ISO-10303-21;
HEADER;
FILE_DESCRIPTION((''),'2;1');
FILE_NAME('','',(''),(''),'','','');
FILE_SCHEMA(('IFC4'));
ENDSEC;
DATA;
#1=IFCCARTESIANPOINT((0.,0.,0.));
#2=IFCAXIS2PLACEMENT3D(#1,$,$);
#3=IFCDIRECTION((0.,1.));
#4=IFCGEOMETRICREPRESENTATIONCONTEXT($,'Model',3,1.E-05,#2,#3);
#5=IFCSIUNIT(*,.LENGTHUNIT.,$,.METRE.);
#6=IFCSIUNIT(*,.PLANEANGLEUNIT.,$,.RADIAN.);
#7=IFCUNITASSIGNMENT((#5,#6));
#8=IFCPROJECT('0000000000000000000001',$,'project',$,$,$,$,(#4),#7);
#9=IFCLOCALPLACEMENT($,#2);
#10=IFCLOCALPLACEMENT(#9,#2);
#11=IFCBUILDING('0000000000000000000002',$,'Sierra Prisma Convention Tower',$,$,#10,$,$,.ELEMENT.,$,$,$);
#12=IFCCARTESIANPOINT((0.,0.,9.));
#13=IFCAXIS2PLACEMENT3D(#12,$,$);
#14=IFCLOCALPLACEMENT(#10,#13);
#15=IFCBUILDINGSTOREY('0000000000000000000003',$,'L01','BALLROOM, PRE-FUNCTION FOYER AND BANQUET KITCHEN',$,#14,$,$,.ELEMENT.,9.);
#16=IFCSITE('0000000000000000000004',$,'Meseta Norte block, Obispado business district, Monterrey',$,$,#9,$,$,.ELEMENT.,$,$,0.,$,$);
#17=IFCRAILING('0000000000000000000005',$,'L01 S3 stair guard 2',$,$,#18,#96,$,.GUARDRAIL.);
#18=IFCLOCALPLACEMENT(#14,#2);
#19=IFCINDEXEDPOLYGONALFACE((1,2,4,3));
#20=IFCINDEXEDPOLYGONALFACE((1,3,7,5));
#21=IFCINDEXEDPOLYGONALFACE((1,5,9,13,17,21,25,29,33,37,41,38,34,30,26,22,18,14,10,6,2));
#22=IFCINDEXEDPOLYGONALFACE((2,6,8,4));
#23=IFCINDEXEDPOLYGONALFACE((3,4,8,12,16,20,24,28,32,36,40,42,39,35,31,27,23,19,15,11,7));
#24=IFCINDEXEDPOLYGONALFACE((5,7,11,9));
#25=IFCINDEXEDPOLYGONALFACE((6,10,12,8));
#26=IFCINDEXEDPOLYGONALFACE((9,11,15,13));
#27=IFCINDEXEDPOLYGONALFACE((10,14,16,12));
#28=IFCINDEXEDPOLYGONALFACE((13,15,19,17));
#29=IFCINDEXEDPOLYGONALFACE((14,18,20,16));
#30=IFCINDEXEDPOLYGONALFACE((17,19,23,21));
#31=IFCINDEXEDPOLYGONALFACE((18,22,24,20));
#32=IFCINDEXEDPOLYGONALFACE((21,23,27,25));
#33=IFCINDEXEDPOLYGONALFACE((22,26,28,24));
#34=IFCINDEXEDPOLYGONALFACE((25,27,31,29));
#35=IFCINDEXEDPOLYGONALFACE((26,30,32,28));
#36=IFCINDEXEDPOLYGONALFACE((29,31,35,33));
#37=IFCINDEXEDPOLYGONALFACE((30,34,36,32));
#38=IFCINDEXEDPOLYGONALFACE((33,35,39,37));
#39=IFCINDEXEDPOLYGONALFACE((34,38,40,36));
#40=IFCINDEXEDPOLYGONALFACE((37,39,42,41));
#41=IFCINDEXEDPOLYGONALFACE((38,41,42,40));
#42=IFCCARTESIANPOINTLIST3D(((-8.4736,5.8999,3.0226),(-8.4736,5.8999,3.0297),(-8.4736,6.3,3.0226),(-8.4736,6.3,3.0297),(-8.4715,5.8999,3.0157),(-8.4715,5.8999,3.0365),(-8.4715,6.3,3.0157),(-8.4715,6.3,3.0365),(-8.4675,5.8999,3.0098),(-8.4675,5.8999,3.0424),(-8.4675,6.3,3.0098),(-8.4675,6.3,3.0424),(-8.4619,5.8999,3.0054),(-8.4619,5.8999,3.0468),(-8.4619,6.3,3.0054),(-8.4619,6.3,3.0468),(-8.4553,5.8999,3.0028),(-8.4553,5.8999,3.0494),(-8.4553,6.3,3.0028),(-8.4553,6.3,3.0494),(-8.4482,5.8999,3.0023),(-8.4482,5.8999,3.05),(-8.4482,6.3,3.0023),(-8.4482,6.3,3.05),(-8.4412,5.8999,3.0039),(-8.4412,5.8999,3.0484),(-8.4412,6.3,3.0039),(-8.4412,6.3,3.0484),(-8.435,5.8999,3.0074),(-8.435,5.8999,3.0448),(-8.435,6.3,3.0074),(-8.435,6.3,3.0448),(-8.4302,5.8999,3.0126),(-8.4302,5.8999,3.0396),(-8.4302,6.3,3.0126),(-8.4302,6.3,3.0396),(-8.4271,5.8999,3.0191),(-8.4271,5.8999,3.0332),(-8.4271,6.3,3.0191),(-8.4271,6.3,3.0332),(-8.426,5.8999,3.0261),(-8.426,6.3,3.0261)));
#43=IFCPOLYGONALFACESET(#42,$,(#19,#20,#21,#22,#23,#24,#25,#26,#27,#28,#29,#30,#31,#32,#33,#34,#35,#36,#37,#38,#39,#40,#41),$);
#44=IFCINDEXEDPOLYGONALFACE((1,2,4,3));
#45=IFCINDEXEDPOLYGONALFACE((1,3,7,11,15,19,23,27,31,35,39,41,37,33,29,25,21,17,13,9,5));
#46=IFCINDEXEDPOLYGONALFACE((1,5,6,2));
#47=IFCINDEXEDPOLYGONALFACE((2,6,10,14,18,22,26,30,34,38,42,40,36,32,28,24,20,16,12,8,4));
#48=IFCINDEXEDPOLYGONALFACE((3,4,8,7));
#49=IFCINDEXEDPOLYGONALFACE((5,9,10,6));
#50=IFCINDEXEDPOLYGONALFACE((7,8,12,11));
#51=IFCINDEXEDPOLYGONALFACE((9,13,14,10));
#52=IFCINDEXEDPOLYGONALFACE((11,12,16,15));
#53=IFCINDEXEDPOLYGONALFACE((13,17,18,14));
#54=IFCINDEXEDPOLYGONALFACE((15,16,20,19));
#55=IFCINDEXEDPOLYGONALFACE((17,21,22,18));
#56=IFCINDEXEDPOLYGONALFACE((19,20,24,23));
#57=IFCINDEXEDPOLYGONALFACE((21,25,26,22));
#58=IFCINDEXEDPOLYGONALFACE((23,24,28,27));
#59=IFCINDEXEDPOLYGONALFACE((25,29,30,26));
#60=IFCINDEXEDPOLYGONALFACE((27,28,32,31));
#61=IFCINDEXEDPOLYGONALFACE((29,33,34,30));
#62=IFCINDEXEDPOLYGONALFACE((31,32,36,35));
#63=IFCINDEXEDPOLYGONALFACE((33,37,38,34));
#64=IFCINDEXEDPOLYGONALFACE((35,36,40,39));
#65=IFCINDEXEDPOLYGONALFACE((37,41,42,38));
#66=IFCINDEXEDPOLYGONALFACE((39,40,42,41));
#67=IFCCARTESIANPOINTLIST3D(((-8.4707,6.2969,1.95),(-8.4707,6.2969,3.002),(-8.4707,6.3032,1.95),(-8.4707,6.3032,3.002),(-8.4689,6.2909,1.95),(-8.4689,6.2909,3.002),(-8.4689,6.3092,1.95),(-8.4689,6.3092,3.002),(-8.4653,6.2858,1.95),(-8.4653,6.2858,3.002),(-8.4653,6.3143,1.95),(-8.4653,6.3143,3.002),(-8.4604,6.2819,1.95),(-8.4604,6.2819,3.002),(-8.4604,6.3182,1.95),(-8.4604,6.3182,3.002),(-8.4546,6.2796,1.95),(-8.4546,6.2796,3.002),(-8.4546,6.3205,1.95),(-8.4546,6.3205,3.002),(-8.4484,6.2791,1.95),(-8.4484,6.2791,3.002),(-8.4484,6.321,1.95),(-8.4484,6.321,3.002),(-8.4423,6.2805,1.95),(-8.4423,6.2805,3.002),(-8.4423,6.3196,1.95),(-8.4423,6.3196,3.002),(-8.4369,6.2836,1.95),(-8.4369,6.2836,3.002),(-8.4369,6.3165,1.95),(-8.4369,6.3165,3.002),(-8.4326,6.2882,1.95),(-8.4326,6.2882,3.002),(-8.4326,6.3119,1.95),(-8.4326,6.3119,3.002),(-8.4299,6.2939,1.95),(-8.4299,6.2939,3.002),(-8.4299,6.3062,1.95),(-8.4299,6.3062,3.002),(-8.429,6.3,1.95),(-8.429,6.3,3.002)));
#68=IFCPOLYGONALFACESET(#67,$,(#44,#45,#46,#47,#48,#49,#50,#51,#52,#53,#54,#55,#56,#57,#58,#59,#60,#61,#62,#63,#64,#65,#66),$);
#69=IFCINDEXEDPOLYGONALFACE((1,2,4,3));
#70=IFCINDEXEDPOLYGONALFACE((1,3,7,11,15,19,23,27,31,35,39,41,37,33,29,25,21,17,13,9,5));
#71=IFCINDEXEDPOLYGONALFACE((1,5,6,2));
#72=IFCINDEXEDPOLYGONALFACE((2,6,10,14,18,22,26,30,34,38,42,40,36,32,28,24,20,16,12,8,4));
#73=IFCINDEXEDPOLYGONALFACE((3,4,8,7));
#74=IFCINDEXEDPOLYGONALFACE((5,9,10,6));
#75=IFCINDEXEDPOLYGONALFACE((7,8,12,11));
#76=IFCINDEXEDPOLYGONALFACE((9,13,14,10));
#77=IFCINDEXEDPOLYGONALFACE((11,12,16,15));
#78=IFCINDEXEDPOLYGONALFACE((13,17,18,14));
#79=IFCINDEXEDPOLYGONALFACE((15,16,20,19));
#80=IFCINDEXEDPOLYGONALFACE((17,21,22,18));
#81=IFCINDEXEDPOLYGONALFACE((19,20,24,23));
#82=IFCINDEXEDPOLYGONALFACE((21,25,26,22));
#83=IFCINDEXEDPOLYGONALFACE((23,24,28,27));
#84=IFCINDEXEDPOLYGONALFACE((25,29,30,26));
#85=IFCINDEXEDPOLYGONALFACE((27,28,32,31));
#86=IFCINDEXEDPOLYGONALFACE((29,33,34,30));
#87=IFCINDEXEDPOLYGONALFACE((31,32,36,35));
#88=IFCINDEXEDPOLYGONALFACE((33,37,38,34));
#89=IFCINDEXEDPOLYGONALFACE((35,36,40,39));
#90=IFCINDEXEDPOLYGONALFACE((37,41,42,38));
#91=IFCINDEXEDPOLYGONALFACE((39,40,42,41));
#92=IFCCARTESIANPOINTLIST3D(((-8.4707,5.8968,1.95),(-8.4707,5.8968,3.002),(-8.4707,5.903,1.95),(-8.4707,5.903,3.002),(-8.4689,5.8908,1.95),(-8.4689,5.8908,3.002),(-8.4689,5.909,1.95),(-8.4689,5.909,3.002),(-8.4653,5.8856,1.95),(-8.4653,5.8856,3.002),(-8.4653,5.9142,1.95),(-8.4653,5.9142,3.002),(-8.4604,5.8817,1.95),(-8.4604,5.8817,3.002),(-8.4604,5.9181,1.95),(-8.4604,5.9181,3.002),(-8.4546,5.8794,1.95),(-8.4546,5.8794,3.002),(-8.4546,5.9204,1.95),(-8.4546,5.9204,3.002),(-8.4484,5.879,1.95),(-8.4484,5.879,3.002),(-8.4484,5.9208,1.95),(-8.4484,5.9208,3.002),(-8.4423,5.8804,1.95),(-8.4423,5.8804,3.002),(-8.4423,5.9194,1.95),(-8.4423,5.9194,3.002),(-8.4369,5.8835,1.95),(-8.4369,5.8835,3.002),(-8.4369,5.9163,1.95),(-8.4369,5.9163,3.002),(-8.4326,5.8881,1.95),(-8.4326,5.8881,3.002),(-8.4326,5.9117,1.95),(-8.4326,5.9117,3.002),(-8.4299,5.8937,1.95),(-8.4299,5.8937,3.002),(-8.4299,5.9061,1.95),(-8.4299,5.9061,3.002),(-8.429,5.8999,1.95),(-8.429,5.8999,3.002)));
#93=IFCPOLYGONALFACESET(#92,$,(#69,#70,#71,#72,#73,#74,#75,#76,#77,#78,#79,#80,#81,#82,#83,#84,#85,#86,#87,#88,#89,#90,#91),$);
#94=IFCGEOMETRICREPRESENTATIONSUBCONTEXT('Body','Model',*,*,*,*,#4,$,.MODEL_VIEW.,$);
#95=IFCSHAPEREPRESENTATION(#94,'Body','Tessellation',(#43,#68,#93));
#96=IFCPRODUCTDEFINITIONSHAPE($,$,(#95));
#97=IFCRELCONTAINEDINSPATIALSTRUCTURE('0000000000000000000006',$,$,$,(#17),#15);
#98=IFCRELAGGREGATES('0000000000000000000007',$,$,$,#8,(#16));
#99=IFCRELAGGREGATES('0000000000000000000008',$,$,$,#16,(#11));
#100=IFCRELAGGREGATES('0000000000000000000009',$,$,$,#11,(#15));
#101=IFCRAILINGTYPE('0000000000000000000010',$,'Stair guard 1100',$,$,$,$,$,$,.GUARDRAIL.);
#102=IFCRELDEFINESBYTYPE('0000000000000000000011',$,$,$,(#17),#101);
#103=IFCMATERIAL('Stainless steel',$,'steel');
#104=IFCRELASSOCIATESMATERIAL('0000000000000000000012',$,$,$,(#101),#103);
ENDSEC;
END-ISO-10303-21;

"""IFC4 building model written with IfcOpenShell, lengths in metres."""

from ifc_helpers import new_model, si_unit, direction, frame, origin, origin_2d, place, context, subcontext, project, spatial, circle, extrude, material, type_object, element, save


model = new_model("IFC4")

# Units and contexts
model_context = context("Model", 3, precision=1e-05, world=origin(), true_north=direction((0.0, 1.0)))
body_context = subcontext(model_context, "Body", "Model", "MODEL_VIEW")
ifc_project = project(units=[si_unit("LENGTHUNIT", "METRE"), si_unit("PLANEANGLEUNIT", "RADIAN")], contexts=[model_context])

# Site, building, storey
site_placement = place(None, origin())
site = spatial("IfcSite", under=ifc_project, at=site_placement, Name="Meseta Norte block, Obispado business district, Monterrey", CompositionType="ELEMENT", RefElevation=0.0)
building_placement = place(site_placement, origin())
building = spatial("IfcBuilding", under=site, at=building_placement, Name="Sierra Prisma Convention Tower", CompositionType="ELEMENT")
storey_placement = place(building_placement, frame((0.0, 0.0, 9.0)))
storey = spatial("IfcBuildingStorey", under=building, at=storey_placement, Name="L01", Description="BALLROOM, PRE-FUNCTION FOYER AND BANQUET KITCHEN", CompositionType="ELEMENT", Elevation=9.0)

# Railing
ifc_material_1 = material(Name="Stainless steel", Category="steel")
railing_type_1 = type_object("IfcRailingType", Name="Stair guard 1100", PredefinedType="GUARDRAIL", material=ifc_material_1)
railing_1_placement = place(storey_placement, frame((-8.45, 6.3, 1.95)))
element("IfcRailing", 1, at=railing_1_placement, inside=storey, type_object=railing_type_1, Name="L01 S3 stair guard 2", PredefinedType="GUARDRAIL", context=body_context, shape_type="SweptSolid", body=[
    extrude(circle(Radius=0.0239, at=origin_2d()), frame((0.0, 0.0, 1.0762), z_axis=(0.0, -1.0, 0.0), x_axis=(1.0, 0.0, 0.0)), (0.0, 0.0, 1.0), 0.4001),
    extrude(circle(Radius=0.021, at=origin_2d()), origin(), (0.0, 0.0, 1.0), 1.052),
    extrude(circle(Radius=0.021, at=origin_2d()), frame((0.0, -0.4001, 0.0)), (0.0, 0.0, 1.0), 1.052),
])

save(model, "model.ifc")
